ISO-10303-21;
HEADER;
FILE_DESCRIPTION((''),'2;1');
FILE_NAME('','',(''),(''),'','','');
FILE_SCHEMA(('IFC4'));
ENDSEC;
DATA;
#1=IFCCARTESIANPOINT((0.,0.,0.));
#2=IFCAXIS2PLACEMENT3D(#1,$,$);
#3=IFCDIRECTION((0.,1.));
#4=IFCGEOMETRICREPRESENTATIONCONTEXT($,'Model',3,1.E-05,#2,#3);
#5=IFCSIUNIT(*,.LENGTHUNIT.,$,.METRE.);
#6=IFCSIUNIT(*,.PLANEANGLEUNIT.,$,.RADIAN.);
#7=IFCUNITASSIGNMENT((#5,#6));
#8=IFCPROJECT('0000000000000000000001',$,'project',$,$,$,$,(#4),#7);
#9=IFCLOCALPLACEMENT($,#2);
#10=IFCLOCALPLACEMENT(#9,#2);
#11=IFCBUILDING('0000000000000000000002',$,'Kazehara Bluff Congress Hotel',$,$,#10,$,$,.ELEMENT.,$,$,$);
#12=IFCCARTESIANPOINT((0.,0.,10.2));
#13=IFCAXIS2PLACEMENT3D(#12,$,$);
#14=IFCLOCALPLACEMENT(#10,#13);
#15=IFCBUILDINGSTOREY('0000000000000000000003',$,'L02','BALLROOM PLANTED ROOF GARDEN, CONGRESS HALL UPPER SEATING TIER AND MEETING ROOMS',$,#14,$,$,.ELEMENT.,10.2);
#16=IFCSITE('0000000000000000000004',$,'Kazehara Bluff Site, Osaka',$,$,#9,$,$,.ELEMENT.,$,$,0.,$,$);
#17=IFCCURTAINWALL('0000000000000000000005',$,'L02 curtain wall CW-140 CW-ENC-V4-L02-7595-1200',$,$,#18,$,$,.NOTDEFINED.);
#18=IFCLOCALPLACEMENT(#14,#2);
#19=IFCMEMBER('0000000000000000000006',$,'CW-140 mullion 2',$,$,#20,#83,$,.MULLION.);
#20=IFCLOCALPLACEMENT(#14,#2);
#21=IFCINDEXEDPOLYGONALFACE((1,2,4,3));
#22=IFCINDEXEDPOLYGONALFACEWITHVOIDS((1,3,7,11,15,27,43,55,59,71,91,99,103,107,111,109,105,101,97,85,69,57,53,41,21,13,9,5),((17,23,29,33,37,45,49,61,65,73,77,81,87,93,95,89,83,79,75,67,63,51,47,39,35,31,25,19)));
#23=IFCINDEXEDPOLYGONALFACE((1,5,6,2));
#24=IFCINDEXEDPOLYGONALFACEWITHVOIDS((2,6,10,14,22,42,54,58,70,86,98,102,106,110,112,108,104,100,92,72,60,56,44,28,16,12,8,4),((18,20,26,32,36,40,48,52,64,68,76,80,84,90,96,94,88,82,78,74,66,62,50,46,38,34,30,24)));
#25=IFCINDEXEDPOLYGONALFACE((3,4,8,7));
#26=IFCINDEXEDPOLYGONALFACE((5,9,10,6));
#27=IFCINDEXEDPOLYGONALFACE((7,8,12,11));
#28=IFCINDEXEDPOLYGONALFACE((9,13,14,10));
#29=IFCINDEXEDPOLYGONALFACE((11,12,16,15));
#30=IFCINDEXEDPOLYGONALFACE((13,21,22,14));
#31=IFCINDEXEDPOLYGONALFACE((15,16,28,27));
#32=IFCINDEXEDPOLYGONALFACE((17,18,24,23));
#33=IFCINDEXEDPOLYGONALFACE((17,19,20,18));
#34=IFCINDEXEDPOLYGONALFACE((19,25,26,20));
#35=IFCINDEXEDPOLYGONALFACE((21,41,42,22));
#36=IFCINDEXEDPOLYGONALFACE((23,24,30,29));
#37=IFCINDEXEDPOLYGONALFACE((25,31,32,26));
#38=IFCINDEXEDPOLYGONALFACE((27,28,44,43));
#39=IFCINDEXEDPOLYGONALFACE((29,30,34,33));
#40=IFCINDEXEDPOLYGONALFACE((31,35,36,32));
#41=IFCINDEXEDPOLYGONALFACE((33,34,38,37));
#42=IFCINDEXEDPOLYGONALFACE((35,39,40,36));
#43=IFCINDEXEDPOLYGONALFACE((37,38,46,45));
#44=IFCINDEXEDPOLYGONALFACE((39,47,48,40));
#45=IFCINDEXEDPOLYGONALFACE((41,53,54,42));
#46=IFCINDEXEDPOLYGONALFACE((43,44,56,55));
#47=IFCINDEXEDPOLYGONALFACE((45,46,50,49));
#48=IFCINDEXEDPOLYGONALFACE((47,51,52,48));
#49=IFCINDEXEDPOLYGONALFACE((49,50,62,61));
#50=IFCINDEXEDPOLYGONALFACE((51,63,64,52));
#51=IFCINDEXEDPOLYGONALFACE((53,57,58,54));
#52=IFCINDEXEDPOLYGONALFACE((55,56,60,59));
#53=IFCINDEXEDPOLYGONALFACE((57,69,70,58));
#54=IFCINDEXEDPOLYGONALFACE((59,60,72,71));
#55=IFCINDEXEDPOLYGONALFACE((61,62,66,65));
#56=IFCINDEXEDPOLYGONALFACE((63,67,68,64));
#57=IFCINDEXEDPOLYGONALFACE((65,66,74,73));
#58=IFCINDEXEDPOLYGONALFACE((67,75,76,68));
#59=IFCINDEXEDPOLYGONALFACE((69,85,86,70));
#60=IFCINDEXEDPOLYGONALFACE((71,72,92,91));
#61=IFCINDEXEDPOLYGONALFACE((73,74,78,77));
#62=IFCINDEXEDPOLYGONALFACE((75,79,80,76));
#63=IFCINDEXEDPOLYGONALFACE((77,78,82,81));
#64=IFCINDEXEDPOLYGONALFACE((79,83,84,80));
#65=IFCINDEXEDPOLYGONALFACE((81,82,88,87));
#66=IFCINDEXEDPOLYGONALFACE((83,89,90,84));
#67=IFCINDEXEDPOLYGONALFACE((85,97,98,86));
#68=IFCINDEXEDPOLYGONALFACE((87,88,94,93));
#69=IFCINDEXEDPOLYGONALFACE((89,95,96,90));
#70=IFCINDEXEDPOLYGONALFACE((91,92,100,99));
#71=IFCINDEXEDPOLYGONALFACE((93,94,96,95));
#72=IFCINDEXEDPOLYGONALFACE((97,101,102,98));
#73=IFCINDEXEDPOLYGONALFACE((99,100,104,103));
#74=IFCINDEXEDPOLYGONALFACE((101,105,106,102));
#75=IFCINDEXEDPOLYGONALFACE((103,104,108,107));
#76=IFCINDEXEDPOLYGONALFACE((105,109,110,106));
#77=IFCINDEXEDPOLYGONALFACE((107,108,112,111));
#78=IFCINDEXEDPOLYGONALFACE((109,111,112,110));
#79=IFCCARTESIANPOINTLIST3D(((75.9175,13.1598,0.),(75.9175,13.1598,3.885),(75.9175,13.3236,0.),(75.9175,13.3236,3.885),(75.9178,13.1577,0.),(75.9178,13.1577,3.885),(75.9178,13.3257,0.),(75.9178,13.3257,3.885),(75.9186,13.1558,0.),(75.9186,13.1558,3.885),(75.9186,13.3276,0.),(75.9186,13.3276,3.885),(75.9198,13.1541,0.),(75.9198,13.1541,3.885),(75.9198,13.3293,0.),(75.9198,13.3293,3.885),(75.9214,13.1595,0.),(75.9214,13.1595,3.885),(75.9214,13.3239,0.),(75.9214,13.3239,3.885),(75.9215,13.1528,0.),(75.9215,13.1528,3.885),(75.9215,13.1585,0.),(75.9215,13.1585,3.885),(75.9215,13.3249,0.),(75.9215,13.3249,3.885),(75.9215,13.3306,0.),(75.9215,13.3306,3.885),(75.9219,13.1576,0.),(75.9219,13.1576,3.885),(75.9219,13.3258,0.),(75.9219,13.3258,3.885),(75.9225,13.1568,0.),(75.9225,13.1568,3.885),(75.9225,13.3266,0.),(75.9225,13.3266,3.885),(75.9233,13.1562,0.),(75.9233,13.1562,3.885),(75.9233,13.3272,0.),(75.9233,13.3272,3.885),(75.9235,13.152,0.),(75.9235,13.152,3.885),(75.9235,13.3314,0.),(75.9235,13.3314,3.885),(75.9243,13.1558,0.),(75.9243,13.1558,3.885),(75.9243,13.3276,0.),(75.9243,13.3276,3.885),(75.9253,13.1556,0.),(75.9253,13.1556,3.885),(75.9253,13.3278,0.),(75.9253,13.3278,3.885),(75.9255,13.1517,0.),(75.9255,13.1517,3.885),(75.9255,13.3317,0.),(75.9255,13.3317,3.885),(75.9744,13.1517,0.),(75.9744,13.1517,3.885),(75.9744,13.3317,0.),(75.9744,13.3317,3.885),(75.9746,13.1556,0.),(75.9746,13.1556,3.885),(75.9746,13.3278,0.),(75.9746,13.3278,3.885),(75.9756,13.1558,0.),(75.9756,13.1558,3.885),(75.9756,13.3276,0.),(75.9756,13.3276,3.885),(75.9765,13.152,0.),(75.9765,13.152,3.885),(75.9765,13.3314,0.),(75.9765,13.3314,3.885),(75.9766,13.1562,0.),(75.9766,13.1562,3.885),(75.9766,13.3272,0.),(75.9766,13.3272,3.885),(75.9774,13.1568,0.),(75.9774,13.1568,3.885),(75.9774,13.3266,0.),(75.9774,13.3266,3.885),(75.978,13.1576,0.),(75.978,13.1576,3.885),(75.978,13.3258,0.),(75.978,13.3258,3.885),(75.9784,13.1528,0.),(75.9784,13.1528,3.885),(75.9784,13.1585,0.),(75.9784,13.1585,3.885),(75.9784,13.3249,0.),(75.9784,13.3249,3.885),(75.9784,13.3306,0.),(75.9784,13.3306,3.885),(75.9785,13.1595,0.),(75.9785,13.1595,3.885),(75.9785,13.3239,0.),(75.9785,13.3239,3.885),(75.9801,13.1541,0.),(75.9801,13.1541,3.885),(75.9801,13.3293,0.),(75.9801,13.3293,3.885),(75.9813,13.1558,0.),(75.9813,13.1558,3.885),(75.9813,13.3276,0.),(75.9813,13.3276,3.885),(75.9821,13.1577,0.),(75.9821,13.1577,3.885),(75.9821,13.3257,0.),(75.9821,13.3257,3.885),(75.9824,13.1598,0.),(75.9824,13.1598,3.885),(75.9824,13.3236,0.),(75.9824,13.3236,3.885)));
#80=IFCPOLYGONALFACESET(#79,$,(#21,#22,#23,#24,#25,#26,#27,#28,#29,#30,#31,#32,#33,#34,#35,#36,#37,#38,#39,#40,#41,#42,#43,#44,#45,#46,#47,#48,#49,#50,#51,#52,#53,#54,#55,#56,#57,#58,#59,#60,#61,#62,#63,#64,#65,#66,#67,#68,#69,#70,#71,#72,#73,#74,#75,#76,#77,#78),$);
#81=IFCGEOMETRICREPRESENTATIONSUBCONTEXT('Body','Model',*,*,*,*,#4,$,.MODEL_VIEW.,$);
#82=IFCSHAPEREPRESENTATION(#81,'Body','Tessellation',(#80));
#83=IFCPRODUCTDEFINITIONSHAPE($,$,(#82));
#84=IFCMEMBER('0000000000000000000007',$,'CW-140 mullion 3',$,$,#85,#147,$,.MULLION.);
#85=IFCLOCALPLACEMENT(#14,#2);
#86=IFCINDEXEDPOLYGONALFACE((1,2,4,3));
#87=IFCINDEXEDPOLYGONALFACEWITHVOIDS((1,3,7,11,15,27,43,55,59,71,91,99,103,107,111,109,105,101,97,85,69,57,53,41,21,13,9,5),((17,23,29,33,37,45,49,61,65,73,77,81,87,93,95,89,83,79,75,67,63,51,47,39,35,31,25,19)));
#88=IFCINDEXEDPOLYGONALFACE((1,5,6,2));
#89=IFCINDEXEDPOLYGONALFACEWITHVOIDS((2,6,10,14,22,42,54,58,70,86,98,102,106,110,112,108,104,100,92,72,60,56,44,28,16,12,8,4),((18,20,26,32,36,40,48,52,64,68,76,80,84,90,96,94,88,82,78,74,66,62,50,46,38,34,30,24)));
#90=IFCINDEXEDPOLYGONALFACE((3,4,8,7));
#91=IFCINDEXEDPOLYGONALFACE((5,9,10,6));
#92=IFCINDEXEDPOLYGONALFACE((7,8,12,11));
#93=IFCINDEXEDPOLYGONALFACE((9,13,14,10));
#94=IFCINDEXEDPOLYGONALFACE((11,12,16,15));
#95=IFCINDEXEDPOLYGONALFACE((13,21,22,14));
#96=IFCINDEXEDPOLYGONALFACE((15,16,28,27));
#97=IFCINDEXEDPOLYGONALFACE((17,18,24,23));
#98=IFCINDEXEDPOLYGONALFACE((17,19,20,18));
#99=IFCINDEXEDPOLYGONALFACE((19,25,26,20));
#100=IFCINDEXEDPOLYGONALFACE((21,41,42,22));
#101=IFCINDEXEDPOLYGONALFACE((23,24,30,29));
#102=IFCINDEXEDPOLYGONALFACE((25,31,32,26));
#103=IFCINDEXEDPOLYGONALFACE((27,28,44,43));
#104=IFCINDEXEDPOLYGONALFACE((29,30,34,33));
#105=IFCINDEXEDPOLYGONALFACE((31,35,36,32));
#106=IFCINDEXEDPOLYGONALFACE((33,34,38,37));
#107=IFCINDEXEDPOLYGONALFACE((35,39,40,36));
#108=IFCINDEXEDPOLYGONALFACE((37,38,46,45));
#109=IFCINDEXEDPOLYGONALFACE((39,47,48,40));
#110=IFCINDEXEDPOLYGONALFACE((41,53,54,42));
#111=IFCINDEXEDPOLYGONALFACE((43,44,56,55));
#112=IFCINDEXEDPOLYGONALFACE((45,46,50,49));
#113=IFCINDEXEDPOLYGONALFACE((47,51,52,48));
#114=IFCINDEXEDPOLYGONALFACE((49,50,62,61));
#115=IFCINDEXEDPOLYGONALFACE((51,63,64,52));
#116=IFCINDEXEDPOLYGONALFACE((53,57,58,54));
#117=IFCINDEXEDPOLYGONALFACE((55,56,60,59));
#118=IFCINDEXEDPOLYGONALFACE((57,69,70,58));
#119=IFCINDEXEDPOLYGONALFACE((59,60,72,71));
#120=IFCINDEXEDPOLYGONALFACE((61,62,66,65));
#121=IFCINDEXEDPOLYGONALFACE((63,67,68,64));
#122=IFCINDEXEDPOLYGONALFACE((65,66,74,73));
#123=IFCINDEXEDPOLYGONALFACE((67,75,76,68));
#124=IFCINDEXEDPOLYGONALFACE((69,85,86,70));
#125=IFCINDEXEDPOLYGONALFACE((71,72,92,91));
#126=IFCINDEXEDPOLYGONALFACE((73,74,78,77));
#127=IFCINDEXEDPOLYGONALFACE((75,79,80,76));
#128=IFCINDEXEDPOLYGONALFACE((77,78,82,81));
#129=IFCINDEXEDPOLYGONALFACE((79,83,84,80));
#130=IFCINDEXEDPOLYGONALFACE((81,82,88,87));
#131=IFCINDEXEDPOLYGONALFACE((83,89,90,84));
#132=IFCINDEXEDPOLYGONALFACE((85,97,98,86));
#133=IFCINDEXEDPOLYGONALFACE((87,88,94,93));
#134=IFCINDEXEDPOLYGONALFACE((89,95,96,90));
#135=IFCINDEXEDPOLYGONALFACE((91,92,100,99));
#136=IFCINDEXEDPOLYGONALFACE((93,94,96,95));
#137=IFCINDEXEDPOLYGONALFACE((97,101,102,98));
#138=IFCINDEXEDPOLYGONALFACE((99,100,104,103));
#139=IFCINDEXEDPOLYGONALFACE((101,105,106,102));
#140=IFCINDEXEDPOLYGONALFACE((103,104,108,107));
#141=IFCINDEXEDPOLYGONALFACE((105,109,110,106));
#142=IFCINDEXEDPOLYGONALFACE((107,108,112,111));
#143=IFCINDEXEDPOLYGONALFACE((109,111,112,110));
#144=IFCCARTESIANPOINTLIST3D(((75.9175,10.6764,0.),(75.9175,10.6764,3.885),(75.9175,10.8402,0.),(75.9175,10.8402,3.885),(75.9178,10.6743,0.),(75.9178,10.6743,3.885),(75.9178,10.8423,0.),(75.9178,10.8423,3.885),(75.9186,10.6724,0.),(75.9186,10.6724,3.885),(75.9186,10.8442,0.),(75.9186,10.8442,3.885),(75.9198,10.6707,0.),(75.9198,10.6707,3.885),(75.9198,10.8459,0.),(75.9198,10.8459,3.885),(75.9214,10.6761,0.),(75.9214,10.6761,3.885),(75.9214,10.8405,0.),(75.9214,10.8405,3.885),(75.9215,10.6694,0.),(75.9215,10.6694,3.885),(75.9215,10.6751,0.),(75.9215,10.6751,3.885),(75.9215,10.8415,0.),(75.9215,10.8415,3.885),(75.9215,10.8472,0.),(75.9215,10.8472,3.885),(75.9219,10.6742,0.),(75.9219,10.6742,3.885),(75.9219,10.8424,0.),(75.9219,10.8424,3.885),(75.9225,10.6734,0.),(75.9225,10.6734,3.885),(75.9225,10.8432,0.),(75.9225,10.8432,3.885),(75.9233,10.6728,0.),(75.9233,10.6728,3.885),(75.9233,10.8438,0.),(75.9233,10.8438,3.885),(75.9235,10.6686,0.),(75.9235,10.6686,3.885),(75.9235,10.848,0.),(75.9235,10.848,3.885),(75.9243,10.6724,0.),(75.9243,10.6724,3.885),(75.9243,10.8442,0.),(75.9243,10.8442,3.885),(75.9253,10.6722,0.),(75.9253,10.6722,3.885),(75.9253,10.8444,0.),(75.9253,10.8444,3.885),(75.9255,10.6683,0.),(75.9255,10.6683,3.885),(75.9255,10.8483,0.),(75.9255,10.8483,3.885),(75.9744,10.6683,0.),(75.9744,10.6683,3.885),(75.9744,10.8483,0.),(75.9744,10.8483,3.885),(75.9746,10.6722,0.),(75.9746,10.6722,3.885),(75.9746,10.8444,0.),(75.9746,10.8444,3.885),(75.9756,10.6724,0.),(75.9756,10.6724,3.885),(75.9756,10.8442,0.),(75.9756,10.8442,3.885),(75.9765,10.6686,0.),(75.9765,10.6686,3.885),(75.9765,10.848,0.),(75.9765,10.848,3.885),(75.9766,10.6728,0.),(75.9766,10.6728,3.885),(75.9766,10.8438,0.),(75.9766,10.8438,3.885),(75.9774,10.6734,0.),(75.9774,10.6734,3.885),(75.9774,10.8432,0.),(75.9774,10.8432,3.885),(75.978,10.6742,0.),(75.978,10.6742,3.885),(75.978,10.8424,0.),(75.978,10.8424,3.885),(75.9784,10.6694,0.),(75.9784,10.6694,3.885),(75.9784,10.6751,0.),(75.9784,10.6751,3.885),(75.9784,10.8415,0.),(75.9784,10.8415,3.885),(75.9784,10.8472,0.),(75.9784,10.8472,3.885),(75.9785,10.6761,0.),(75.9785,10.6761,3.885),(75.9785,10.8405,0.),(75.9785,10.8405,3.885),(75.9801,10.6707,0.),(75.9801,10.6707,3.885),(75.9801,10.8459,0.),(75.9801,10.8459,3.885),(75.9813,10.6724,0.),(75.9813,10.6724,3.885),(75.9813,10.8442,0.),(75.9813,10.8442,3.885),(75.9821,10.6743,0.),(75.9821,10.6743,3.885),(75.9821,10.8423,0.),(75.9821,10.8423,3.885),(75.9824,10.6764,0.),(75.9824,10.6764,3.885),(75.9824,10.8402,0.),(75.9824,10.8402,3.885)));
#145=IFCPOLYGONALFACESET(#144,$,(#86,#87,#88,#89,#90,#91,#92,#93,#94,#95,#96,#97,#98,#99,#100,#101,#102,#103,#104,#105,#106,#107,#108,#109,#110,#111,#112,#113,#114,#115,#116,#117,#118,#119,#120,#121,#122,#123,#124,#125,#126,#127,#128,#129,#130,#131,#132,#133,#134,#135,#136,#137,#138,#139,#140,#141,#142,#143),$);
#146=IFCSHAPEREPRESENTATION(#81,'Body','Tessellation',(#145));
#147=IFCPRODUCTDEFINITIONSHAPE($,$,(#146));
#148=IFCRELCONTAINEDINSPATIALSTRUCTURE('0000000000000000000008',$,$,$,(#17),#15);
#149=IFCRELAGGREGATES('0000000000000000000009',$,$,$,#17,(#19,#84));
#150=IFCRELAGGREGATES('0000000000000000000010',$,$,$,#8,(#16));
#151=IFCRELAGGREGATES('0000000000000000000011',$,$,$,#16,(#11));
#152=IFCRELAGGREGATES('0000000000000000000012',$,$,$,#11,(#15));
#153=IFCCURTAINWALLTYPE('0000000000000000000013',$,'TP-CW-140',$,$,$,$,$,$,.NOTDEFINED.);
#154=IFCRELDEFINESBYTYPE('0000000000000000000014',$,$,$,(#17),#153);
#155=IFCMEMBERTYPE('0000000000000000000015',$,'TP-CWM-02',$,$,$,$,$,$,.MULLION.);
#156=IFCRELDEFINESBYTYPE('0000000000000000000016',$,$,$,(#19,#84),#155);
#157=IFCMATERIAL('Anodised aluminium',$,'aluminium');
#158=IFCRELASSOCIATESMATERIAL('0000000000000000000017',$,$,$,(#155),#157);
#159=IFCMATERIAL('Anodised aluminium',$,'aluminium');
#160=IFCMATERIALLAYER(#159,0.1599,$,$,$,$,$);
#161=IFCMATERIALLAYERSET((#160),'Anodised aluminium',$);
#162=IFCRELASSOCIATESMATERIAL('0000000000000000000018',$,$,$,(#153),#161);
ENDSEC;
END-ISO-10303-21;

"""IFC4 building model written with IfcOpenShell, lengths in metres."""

from ifc_helpers import new_model, si_unit, direction, frame, origin, origin_2d, place, context, subcontext, project, spatial, hollow_rectangle, extrude, material, layer, layer_set, material_profile, profile_set, type_object, element, aggregate, save


model = new_model("IFC4")

# Units and contexts
model_context = context("Model", 3, precision=1e-05, world=origin(), true_north=direction((0.0, 1.0)))
body_context = subcontext(model_context, "Body", "Model", "MODEL_VIEW")
ifc_project = project(units=[si_unit("LENGTHUNIT", "METRE"), si_unit("PLANEANGLEUNIT", "RADIAN")], contexts=[model_context])

# Site, building, storey
site_placement = place(None, origin())
site = spatial("IfcSite", under=ifc_project, at=site_placement, Name="Kazehara Bluff Site, Osaka", CompositionType="ELEMENT", RefElevation=0.0)
building_placement = place(site_placement, origin())
building = spatial("IfcBuilding", under=site, at=building_placement, Name="Kazehara Bluff Congress Hotel", CompositionType="ELEMENT")
storey_placement = place(building_placement, frame((0.0, 0.0, 10.2)))
storey = spatial("IfcBuildingStorey", under=building, at=storey_placement, Name="L02", Description="BALLROOM PLANTED ROOF GARDEN, CONGRESS HALL UPPER SEATING TIER AND MEETING ROOMS", CompositionType="ELEMENT", Elevation=10.2)

# Shared definitions
ifc_material_1 = material(Name="Anodised aluminium", Category="aluminium")
ifc_material_profile_1 = material_profile(ifc_material_1, hollow_rectangle(XDim=0.0649, YDim=0.1799, WallThickness=0.0039, InnerFilletRadius=0.0039, OuterFilletRadius=0.0081, at=origin_2d()))
ifc_profile_set_1 = profile_set([ifc_material_profile_1], Name="Anodised aluminium")
member_type_1 = type_object("IfcMemberType", Name="TP-CWM-02", PredefinedType="MULLION", material=ifc_profile_set_1)

# Curtain wall, members
ifc_material_2 = material(Name="Anodised aluminium", Category="aluminium")
ifc_layer_1 = layer(ifc_material_2, 0.1599)
ifc_layer_set_1 = layer_set([ifc_layer_1], Name="Anodised aluminium")
curtain_wall_type_1 = type_object("IfcCurtainWallType", Name="TP-CW-140", PredefinedType="NOTDEFINED", material=ifc_layer_set_1)
curtain_wall_1_placement = place(storey_placement, origin())
curtain_wall_1 = element("IfcCurtainWall", 1, at=curtain_wall_1_placement, inside=storey, type_object=curtain_wall_type_1, Name="L02 curtain wall CW-140 CW-ENC-V4-L02-7595-1200", PredefinedType="NOTDEFINED")
member_1_placement = place(storey_placement, frame((75.95, 13.2417, 0.0), z_axis=(0.0, 0.0, 1.0), x_axis=(1.0, 0.0, 0.0)))
member_1 = element("IfcMember", 2, at=member_1_placement, type_object=member_type_1, Name="CW-140 mullion 2", PredefinedType="MULLION", context=body_context, shape_type="SweptSolid", body=[
    extrude(hollow_rectangle(XDim=0.0649, YDim=0.1799, WallThickness=0.0039, InnerFilletRadius=0.0039, OuterFilletRadius=0.0081, at=origin_2d()), origin(), (0.0, 0.0, 1.0), 3.885),
])
member_2_placement = place(storey_placement, frame((75.95, 10.7583, 0.0), z_axis=(0.0, 0.0, 1.0), x_axis=(1.0, 0.0, 0.0)))
member_2 = element("IfcMember", 3, at=member_2_placement, type_object=member_type_1, Name="CW-140 mullion 3", PredefinedType="MULLION", context=body_context, shape_type="SweptSolid", body=[
    extrude(hollow_rectangle(XDim=0.0649, YDim=0.1799, WallThickness=0.0039, InnerFilletRadius=0.0039, OuterFilletRadius=0.0081, at=origin_2d()), origin(), (0.0, 0.0, 1.0), 3.885),
])

aggregate(curtain_wall_1, [member_1, member_2])

save(model, "model.ifc")
